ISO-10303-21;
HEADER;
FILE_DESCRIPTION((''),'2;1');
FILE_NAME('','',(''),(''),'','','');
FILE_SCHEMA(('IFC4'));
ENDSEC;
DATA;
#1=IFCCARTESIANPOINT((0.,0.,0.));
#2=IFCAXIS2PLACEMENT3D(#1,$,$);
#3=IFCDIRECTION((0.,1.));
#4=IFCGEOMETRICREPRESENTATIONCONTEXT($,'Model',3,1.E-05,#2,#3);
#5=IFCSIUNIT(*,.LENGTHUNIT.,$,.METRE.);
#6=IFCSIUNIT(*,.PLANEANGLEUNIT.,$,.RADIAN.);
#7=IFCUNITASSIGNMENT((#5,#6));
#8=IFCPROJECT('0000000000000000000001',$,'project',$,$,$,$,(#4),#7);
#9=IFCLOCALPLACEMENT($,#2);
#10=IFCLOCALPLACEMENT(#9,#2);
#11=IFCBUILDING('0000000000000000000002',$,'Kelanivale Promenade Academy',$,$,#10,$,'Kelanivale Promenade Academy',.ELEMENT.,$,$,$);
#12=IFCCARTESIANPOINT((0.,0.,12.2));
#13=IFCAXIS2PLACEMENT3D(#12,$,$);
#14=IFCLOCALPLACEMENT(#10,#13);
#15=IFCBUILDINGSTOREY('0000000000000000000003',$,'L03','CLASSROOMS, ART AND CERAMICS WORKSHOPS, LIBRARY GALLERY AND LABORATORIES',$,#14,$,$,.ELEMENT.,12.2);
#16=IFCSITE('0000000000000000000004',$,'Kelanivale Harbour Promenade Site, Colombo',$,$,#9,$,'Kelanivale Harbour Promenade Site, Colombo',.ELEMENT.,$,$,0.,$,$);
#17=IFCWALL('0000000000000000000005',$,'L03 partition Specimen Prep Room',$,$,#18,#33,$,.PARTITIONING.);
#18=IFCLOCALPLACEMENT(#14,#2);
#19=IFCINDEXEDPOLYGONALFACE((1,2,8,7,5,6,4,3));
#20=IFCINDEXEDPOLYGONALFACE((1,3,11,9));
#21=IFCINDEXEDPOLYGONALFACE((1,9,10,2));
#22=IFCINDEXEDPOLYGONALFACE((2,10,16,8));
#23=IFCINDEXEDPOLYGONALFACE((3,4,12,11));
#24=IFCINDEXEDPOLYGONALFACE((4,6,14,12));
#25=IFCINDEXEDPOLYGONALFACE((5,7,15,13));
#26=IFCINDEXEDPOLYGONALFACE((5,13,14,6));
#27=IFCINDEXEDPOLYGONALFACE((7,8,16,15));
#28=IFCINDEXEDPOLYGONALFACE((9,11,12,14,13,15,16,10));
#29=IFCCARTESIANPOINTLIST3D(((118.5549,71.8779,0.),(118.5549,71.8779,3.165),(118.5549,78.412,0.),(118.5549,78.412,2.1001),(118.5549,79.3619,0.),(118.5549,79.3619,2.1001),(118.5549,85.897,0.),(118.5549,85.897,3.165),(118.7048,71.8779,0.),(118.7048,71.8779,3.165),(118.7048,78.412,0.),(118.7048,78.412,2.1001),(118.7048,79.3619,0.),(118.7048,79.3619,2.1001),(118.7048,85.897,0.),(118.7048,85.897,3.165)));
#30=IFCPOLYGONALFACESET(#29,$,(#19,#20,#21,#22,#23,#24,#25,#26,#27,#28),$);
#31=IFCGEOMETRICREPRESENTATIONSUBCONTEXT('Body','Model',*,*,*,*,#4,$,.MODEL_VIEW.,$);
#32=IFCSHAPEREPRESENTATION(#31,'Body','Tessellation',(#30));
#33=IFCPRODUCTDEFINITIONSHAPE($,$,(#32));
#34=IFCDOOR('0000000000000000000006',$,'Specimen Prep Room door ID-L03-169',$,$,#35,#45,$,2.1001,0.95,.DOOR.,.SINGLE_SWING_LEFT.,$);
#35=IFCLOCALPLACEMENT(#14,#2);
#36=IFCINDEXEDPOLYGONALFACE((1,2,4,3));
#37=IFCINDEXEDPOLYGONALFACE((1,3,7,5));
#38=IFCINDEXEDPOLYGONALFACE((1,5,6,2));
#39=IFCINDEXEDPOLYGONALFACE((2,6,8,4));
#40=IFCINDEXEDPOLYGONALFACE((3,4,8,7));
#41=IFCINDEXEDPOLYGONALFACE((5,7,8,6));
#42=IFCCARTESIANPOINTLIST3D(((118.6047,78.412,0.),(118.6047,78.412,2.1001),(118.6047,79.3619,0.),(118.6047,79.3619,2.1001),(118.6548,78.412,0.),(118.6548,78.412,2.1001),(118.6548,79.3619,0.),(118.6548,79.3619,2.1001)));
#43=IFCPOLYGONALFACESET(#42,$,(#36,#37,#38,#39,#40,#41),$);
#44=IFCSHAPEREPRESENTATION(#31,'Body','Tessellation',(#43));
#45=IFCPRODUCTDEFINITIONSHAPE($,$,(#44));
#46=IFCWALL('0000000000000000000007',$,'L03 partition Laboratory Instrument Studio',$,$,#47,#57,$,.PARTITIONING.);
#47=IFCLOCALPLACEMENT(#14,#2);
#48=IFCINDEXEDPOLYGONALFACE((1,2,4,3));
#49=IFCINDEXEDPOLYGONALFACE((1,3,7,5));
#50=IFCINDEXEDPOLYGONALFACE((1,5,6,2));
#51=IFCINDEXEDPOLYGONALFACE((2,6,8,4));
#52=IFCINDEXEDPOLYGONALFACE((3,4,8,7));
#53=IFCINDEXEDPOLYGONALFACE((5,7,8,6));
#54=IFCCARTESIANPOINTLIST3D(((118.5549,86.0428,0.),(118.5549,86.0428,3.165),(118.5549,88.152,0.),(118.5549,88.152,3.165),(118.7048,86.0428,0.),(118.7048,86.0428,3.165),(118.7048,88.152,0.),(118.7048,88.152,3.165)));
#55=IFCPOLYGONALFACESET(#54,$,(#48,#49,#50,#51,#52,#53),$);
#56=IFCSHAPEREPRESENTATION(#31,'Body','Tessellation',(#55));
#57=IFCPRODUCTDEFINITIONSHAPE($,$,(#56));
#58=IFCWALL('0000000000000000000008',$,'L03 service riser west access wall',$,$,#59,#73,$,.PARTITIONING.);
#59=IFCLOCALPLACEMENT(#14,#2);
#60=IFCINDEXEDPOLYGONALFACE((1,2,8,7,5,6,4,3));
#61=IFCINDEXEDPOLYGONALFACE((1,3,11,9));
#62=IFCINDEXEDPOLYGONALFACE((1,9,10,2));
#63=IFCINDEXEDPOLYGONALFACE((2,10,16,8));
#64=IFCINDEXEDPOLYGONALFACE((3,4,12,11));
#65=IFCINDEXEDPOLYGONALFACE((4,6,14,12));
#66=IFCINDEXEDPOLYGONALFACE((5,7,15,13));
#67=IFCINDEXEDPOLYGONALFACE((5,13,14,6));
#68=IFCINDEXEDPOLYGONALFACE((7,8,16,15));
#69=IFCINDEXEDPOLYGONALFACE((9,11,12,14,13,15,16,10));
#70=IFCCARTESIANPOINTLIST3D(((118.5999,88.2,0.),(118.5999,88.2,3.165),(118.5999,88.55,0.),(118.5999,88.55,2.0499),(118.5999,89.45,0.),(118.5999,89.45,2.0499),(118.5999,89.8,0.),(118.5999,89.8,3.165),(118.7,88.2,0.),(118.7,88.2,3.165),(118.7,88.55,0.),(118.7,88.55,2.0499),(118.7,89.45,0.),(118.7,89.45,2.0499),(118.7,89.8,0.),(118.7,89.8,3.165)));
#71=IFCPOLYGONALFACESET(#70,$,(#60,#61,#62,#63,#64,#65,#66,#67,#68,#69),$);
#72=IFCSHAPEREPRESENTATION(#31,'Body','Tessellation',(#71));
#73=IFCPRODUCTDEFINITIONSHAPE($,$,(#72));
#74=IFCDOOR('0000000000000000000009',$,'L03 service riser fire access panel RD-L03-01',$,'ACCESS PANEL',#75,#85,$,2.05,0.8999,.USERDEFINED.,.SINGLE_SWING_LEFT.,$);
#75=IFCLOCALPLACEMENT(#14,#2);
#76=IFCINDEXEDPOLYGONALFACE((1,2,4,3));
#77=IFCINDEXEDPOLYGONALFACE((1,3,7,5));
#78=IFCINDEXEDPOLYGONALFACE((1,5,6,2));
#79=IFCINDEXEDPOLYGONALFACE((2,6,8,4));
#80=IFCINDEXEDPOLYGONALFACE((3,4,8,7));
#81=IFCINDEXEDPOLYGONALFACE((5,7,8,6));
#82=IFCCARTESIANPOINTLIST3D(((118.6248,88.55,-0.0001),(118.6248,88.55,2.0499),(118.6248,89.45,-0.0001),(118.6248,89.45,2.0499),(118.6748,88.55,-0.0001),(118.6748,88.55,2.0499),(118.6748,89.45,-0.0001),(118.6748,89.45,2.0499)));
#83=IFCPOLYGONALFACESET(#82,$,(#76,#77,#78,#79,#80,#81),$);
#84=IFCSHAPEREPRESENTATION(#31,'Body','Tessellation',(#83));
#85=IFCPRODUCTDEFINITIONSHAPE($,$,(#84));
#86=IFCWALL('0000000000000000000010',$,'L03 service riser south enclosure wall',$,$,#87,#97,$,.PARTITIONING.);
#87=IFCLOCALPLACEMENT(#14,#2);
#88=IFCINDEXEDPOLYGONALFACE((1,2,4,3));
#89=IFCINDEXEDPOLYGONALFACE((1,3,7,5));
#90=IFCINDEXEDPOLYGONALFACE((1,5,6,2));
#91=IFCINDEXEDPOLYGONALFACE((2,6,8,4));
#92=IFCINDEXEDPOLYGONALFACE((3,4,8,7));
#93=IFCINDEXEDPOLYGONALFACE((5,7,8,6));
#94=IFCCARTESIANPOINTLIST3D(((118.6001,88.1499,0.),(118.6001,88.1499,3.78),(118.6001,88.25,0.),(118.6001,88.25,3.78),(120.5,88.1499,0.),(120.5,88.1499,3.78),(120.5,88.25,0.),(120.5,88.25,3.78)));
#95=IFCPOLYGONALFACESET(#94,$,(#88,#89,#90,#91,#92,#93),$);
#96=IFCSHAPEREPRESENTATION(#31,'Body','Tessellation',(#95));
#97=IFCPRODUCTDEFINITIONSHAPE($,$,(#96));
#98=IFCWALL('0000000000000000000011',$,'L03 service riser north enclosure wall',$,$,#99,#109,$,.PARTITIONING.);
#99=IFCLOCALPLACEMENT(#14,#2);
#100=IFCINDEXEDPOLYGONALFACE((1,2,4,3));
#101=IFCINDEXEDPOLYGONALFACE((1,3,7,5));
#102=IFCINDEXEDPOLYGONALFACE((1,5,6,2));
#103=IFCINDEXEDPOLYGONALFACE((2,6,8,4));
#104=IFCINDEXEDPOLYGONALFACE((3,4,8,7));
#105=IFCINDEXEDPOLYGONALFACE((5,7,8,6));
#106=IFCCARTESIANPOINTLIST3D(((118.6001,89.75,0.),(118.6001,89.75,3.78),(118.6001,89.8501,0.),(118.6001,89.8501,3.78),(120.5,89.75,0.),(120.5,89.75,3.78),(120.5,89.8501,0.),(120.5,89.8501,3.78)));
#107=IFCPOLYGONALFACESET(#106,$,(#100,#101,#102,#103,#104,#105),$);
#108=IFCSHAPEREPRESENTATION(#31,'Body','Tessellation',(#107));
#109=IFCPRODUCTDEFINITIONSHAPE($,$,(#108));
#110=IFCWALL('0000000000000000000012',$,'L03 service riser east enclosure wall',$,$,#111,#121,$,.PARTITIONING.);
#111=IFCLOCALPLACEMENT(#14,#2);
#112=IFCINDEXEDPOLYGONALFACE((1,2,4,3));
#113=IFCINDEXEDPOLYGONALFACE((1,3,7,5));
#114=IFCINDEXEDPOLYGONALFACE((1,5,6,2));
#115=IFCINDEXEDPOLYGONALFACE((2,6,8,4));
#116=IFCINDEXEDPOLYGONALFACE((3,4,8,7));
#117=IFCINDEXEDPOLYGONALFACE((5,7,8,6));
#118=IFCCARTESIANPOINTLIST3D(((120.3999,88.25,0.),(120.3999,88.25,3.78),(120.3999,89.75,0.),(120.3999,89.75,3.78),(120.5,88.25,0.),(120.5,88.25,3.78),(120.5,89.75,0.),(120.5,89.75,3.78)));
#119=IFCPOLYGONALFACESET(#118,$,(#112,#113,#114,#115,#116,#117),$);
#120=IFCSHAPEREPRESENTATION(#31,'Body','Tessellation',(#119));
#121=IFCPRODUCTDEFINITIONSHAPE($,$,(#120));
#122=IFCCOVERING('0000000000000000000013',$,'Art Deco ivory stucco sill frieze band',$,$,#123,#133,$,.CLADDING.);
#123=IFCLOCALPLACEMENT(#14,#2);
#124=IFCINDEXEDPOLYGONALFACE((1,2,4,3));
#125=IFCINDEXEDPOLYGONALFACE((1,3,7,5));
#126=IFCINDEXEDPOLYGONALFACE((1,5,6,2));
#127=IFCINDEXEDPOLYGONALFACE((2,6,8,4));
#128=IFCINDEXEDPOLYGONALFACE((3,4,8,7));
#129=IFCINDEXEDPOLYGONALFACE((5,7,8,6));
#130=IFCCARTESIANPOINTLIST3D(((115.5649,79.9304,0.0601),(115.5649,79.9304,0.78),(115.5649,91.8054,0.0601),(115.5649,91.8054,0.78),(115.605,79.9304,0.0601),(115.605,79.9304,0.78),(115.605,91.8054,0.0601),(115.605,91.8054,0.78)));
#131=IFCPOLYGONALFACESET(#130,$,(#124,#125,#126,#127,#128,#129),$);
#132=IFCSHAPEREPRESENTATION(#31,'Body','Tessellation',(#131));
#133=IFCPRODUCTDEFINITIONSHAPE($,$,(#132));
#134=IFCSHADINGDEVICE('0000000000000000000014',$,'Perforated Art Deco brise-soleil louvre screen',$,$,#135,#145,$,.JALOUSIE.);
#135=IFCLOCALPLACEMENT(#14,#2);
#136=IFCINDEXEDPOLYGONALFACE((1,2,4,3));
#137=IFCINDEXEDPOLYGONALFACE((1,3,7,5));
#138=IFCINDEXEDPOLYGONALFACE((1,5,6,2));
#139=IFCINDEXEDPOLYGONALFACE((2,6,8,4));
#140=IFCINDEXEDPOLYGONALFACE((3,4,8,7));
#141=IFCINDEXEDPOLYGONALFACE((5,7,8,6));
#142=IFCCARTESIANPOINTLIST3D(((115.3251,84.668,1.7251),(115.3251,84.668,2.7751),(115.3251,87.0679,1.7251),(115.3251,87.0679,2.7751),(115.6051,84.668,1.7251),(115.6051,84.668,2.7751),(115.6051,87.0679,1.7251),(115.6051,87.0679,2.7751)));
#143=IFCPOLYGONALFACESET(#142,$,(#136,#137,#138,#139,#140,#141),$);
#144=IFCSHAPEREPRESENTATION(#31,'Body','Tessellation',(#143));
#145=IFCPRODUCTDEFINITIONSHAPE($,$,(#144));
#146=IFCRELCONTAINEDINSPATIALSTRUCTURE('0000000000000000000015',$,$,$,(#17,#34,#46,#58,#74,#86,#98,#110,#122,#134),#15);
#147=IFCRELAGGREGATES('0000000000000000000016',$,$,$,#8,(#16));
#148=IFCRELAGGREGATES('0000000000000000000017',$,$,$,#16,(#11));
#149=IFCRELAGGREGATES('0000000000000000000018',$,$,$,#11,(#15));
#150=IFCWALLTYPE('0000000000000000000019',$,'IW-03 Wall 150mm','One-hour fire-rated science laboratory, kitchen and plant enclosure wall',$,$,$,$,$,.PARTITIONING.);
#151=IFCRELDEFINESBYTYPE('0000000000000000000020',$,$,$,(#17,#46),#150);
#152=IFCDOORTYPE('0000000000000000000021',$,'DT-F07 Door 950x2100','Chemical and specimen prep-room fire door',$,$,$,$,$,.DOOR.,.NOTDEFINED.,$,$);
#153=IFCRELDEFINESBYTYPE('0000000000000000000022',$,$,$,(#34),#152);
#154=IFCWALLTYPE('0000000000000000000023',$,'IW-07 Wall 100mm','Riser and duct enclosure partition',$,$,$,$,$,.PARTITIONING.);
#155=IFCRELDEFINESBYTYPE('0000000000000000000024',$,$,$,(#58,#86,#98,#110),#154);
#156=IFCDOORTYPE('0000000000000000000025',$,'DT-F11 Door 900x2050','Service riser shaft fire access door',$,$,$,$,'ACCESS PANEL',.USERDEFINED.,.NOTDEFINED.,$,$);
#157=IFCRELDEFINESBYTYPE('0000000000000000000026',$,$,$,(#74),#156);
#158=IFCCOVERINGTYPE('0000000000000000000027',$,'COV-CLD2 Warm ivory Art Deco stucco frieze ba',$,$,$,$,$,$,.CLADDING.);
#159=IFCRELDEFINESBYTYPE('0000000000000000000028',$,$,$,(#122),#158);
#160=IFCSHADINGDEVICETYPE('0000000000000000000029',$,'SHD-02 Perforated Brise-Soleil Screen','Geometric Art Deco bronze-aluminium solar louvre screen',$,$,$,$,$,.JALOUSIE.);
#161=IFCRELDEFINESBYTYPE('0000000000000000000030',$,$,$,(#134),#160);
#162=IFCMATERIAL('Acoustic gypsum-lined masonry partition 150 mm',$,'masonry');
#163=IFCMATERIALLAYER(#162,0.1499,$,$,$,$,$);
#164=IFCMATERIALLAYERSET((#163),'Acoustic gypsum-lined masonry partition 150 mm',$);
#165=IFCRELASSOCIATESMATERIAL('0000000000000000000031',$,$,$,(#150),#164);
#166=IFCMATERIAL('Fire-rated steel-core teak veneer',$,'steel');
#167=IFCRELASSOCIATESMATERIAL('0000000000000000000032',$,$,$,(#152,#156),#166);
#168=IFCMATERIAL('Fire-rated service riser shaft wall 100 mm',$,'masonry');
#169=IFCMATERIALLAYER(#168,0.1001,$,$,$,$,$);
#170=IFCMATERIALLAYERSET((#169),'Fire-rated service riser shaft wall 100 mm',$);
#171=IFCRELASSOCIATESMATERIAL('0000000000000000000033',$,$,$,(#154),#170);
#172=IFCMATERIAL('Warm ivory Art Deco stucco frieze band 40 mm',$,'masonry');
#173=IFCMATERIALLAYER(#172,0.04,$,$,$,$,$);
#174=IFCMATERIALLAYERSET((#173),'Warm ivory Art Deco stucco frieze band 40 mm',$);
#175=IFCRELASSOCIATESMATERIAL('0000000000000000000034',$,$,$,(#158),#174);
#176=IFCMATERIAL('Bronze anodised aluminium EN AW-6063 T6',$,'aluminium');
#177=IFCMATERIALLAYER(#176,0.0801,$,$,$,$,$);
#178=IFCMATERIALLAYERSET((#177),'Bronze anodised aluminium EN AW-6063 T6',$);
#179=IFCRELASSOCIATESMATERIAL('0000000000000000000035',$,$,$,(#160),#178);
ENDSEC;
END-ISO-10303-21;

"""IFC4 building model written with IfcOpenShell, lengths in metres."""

from ifc_helpers import new_model, si_unit, direction, frame, frame_2d, origin, origin_2d, place, context, subcontext, project, spatial, rectangle, extrude, material, layer, layer_set, type_object, element, fill, save


model = new_model("IFC4")

# Units and contexts
model_context = context("Model", 3, precision=1e-05, world=origin(), true_north=direction((0.0, 1.0)))
body_context = subcontext(model_context, "Body", "Model", "MODEL_VIEW")
ifc_project = project(units=[si_unit("LENGTHUNIT", "METRE"), si_unit("PLANEANGLEUNIT", "RADIAN")], contexts=[model_context])

# Site, building, storey
site_placement = place(None, origin())
site = spatial("IfcSite", under=ifc_project, at=site_placement, Name="Kelanivale Harbour Promenade Site, Colombo", LongName="Kelanivale Harbour Promenade Site, Colombo", CompositionType="ELEMENT", RefElevation=0.0)
building_placement = place(site_placement, origin())
building = spatial("IfcBuilding", under=site, at=building_placement, Name="Kelanivale Promenade Academy", LongName="Kelanivale Promenade Academy", CompositionType="ELEMENT")
storey_placement = place(building_placement, frame((0.0, 0.0, 12.2)))
storey = spatial("IfcBuildingStorey", under=building, at=storey_placement, Name="L03", Description="CLASSROOMS, ART AND CERAMICS WORKSHOPS, LIBRARY GALLERY AND LABORATORIES", CompositionType="ELEMENT", Elevation=12.2)

# Shared definitions
ifc_material_1 = material(Name="Acoustic gypsum-lined masonry partition 150 mm", Category="masonry")
ifc_layer_1 = layer(ifc_material_1, 0.1499)
ifc_layer_set_1 = layer_set([ifc_layer_1], Name="Acoustic gypsum-lined masonry partition 150 mm")
wall_type_1 = type_object("IfcWallType", Name="IW-03 Wall 150mm", Description="One-hour fire-rated science laboratory, kitchen and plant enclosure wall", PredefinedType="PARTITIONING", material=ifc_layer_set_1)

# Wall, opening, door
wall_1_placement = place(storey_placement, frame((118.6299, 85.897, 0.0), z_axis=(0.0, 0.0, 1.0), x_axis=(0.0, -1.0, 0.0)))
wall_1 = element("IfcWall", 1, at=wall_1_placement, inside=storey, type_object=wall_type_1, Name="L03 partition Specimen Prep Room", PredefinedType="PARTITIONING", context=body_context, shape_type="SweptSolid", body=[
    extrude(rectangle(XDim=14.019, YDim=0.1499, at=frame_2d((7.0095, 0.0))), origin(), (0.0, 0.0, 1.0), 3.165),
])
opening_1_placement = place(wall_1_placement, frame((6.5349, 0.0, 0.0)))
opening_1 = element("IfcOpeningElement", 2, at=opening_1_placement, cuts=wall_1, PredefinedType="OPENING", context=body_context, shape_type="SweptSolid", body=[
    extrude(rectangle(XDim=0.95, YDim=2.1001, at=frame_2d((0.4751, 1.05))), frame((0.0, 0.085, 0.0), z_axis=(0.0, -1.0, 0.0), x_axis=(1.0, 0.0, 0.0)), (0.0, 0.0, 1.0), 0.1699),
])
ifc_material_2 = material(Name="Fire-rated steel-core teak veneer", Category="steel")
door_type_1 = type_object("IfcDoorType", Name="DT-F07 Door 950x2100", Description="Chemical and specimen prep-room fire door", OperationType="NOTDEFINED", PredefinedType="DOOR", material=ifc_material_2)
door_1_placement = place(opening_1_placement, origin())
door_1 = element("IfcDoor", 3, at=door_1_placement, inside=storey, type_object=door_type_1, Name="Specimen Prep Room door ID-L03-169", OperationType="SINGLE_SWING_LEFT", OverallHeight=2.1001, OverallWidth=0.95, PredefinedType="DOOR", context=body_context, shape_type="SweptSolid", body=[
    extrude(rectangle(XDim=0.95, YDim=2.1001, at=frame_2d((0.4751, 1.05))), frame((0.0, 0.0249, 0.0), z_axis=(0.0, -1.0, 0.0), x_axis=(1.0, 0.0, 0.0)), (0.0, 0.0, 1.0), 0.05),
])
fill(opening_1, door_1)

# Wall
wall_2_placement = place(storey_placement, frame((118.6299, 88.1521, 0.0), z_axis=(0.0, 0.0, 1.0), x_axis=(0.0, -1.0, 0.0)))
element("IfcWall", 4, at=wall_2_placement, inside=storey, type_object=wall_type_1, Name="L03 partition Laboratory Instrument Studio", PredefinedType="PARTITIONING", context=body_context, shape_type="SweptSolid", body=[
    extrude(rectangle(XDim=2.1091, YDim=0.1499, at=frame_2d((1.0547, 0.0))), origin(), (0.0, 0.0, 1.0), 3.165),
])

# Wall, opening, door
ifc_material_3 = material(Name="Fire-rated service riser shaft wall 100 mm", Category="masonry")
ifc_layer_2 = layer(ifc_material_3, 0.1001)
ifc_layer_set_2 = layer_set([ifc_layer_2], Name="Fire-rated service riser shaft wall 100 mm")
wall_type_2 = type_object("IfcWallType", Name="IW-07 Wall 100mm", Description="Riser and duct enclosure partition", PredefinedType="PARTITIONING", material=ifc_layer_set_2)
wall_3_placement = place(storey_placement, frame((118.6499, 88.2, 0.0), z_axis=(0.0, 0.0, 1.0), x_axis=(0.0, 1.0, 0.0)))
wall_3 = element("IfcWall", 5, at=wall_3_placement, inside=storey, type_object=wall_type_2, Name="L03 service riser west access wall", PredefinedType="PARTITIONING", context=body_context, shape_type="SweptSolid", body=[
    extrude(rectangle(XDim=1.6001, YDim=0.1001, at=frame_2d((0.8, 0.0))), origin(), (0.0, 0.0, 1.0), 3.165),
])
opening_2_placement = place(wall_3_placement, frame((0.3501, 0.0, 0.0)))
opening_2 = element("IfcOpeningElement", 6, at=opening_2_placement, cuts=wall_3, PredefinedType="OPENING", context=body_context, shape_type="SweptSolid", body=[
    extrude(rectangle(XDim=0.8999, YDim=2.05, at=frame_2d((0.45, 1.0249))), frame((0.0, 0.0601, 0.0), z_axis=(0.0, -1.0, 0.0), x_axis=(1.0, 0.0, 0.0)), (0.0, 0.0, 1.0), 0.1201),
])
door_type_2 = type_object("IfcDoorType", Name="DT-F11 Door 900x2050", Description="Service riser shaft fire access door", ElementType="ACCESS PANEL", OperationType="NOTDEFINED", PredefinedType="USERDEFINED", material=ifc_material_2)
door_2_placement = place(opening_2_placement, frame((0.8999, 0.0, 0.0), z_axis=(0.0, 0.0, 1.0), x_axis=(-1.0, 0.0, 0.0)))
door_2 = element("IfcDoor", 7, at=door_2_placement, inside=storey, type_object=door_type_2, Name="L03 service riser fire access panel RD-L03-01", ObjectType="ACCESS PANEL", OperationType="SINGLE_SWING_LEFT", OverallHeight=2.05, OverallWidth=0.8999, PredefinedType="USERDEFINED", context=body_context, shape_type="SweptSolid", body=[
    extrude(rectangle(XDim=0.8999, YDim=2.05, at=frame_2d((0.45, 1.0249))), frame((0.0, 0.0249, 0.0), z_axis=(0.0, -1.0, 0.0), x_axis=(1.0, 0.0, 0.0)), (0.0, 0.0, 1.0), 0.05),
])
fill(opening_2, door_2)

# Walls
for number, where, z_axis, x_axis, name in (
    (8, (118.6001, 88.2, 0.0), (0.0, 0.0, 1.0), (1.0, 0.0, 0.0), "L03 service riser south enclosure wall"),
    (9, (118.6001, 89.8, 0.0), (0.0, 0.0, 1.0), (1.0, 0.0, 0.0), "L03 service riser north enclosure wall"),
):
    element("IfcWall", number, at=place(storey_placement, frame(where, z_axis=z_axis, x_axis=x_axis)), inside=storey, type_object=wall_type_2, Name=name, PredefinedType="PARTITIONING", context=body_context, shape_type="SweptSolid", body=[
        extrude(rectangle(XDim=1.8999, YDim=0.1001, at=frame_2d((0.95, 0.0))), origin(), (0.0, 0.0, 1.0), 3.78),
    ])
wall_4_placement = place(storey_placement, frame((120.45, 88.25, 0.0), z_axis=(0.0, 0.0, 1.0), x_axis=(0.0, 1.0, 0.0)))
element("IfcWall", 10, at=wall_4_placement, inside=storey, type_object=wall_type_2, Name="L03 service riser east enclosure wall", PredefinedType="PARTITIONING", context=body_context, shape_type="SweptSolid", body=[
    extrude(rectangle(XDim=1.5, YDim=0.1001, at=frame_2d((0.75, 0.0))), origin(), (0.0, 0.0, 1.0), 3.78),
])

# Covering
ifc_material_4 = material(Name="Warm ivory Art Deco stucco frieze band 40 mm", Category="masonry")
ifc_layer_3 = layer(ifc_material_4, 0.04)
ifc_layer_set_3 = layer_set([ifc_layer_3], Name="Warm ivory Art Deco stucco frieze band 40 mm")
covering_type = type_object("IfcCoveringType", Name="COV-CLD2 Warm ivory Art Deco stucco frieze ba", PredefinedType="CLADDING", material=ifc_layer_set_3)
covering_placement = place(storey_placement, frame((115.585, 85.8679, 0.0601), z_axis=(0.0, 0.0, 1.0), x_axis=(0.0, -1.0, 0.0)))
element("IfcCovering", 11, at=covering_placement, inside=storey, type_object=covering_type, Name="Art Deco ivory stucco sill frieze band", PredefinedType="CLADDING", context=body_context, shape_type="SweptSolid", body=[
    extrude(rectangle(XDim=11.875, YDim=0.04, at=origin_2d()), origin(), (0.0, 0.0, 1.0), 0.72),
])

# Shading device
ifc_material_5 = material(Name="Bronze anodised aluminium EN AW-6063 T6", Category="aluminium")
ifc_layer_4 = layer(ifc_material_5, 0.0801)
ifc_layer_set_4 = layer_set([ifc_layer_4], Name="Bronze anodised aluminium EN AW-6063 T6")
shading_device_type = type_object("IfcShadingDeviceType", Name="SHD-02 Perforated Brise-Soleil Screen", Description="Geometric Art Deco bronze-aluminium solar louvre screen", PredefinedType="JALOUSIE", material=ifc_layer_set_4)
shading_device_placement = place(storey_placement, frame((115.4651, 85.8679, 1.7251), z_axis=(0.0, 0.0, 1.0), x_axis=(0.0, -1.0, 0.0)))
element("IfcShadingDevice", 12, at=shading_device_placement, inside=storey, type_object=shading_device_type, Name="Perforated Art Deco brise-soleil louvre screen", PredefinedType="JALOUSIE", context=body_context, shape_type="SweptSolid", body=[
    extrude(rectangle(XDim=2.3999, YDim=0.28, at=origin_2d()), origin(), (0.0, 0.0, 1.0), 1.05),
])

save(model, "model.ifc")
